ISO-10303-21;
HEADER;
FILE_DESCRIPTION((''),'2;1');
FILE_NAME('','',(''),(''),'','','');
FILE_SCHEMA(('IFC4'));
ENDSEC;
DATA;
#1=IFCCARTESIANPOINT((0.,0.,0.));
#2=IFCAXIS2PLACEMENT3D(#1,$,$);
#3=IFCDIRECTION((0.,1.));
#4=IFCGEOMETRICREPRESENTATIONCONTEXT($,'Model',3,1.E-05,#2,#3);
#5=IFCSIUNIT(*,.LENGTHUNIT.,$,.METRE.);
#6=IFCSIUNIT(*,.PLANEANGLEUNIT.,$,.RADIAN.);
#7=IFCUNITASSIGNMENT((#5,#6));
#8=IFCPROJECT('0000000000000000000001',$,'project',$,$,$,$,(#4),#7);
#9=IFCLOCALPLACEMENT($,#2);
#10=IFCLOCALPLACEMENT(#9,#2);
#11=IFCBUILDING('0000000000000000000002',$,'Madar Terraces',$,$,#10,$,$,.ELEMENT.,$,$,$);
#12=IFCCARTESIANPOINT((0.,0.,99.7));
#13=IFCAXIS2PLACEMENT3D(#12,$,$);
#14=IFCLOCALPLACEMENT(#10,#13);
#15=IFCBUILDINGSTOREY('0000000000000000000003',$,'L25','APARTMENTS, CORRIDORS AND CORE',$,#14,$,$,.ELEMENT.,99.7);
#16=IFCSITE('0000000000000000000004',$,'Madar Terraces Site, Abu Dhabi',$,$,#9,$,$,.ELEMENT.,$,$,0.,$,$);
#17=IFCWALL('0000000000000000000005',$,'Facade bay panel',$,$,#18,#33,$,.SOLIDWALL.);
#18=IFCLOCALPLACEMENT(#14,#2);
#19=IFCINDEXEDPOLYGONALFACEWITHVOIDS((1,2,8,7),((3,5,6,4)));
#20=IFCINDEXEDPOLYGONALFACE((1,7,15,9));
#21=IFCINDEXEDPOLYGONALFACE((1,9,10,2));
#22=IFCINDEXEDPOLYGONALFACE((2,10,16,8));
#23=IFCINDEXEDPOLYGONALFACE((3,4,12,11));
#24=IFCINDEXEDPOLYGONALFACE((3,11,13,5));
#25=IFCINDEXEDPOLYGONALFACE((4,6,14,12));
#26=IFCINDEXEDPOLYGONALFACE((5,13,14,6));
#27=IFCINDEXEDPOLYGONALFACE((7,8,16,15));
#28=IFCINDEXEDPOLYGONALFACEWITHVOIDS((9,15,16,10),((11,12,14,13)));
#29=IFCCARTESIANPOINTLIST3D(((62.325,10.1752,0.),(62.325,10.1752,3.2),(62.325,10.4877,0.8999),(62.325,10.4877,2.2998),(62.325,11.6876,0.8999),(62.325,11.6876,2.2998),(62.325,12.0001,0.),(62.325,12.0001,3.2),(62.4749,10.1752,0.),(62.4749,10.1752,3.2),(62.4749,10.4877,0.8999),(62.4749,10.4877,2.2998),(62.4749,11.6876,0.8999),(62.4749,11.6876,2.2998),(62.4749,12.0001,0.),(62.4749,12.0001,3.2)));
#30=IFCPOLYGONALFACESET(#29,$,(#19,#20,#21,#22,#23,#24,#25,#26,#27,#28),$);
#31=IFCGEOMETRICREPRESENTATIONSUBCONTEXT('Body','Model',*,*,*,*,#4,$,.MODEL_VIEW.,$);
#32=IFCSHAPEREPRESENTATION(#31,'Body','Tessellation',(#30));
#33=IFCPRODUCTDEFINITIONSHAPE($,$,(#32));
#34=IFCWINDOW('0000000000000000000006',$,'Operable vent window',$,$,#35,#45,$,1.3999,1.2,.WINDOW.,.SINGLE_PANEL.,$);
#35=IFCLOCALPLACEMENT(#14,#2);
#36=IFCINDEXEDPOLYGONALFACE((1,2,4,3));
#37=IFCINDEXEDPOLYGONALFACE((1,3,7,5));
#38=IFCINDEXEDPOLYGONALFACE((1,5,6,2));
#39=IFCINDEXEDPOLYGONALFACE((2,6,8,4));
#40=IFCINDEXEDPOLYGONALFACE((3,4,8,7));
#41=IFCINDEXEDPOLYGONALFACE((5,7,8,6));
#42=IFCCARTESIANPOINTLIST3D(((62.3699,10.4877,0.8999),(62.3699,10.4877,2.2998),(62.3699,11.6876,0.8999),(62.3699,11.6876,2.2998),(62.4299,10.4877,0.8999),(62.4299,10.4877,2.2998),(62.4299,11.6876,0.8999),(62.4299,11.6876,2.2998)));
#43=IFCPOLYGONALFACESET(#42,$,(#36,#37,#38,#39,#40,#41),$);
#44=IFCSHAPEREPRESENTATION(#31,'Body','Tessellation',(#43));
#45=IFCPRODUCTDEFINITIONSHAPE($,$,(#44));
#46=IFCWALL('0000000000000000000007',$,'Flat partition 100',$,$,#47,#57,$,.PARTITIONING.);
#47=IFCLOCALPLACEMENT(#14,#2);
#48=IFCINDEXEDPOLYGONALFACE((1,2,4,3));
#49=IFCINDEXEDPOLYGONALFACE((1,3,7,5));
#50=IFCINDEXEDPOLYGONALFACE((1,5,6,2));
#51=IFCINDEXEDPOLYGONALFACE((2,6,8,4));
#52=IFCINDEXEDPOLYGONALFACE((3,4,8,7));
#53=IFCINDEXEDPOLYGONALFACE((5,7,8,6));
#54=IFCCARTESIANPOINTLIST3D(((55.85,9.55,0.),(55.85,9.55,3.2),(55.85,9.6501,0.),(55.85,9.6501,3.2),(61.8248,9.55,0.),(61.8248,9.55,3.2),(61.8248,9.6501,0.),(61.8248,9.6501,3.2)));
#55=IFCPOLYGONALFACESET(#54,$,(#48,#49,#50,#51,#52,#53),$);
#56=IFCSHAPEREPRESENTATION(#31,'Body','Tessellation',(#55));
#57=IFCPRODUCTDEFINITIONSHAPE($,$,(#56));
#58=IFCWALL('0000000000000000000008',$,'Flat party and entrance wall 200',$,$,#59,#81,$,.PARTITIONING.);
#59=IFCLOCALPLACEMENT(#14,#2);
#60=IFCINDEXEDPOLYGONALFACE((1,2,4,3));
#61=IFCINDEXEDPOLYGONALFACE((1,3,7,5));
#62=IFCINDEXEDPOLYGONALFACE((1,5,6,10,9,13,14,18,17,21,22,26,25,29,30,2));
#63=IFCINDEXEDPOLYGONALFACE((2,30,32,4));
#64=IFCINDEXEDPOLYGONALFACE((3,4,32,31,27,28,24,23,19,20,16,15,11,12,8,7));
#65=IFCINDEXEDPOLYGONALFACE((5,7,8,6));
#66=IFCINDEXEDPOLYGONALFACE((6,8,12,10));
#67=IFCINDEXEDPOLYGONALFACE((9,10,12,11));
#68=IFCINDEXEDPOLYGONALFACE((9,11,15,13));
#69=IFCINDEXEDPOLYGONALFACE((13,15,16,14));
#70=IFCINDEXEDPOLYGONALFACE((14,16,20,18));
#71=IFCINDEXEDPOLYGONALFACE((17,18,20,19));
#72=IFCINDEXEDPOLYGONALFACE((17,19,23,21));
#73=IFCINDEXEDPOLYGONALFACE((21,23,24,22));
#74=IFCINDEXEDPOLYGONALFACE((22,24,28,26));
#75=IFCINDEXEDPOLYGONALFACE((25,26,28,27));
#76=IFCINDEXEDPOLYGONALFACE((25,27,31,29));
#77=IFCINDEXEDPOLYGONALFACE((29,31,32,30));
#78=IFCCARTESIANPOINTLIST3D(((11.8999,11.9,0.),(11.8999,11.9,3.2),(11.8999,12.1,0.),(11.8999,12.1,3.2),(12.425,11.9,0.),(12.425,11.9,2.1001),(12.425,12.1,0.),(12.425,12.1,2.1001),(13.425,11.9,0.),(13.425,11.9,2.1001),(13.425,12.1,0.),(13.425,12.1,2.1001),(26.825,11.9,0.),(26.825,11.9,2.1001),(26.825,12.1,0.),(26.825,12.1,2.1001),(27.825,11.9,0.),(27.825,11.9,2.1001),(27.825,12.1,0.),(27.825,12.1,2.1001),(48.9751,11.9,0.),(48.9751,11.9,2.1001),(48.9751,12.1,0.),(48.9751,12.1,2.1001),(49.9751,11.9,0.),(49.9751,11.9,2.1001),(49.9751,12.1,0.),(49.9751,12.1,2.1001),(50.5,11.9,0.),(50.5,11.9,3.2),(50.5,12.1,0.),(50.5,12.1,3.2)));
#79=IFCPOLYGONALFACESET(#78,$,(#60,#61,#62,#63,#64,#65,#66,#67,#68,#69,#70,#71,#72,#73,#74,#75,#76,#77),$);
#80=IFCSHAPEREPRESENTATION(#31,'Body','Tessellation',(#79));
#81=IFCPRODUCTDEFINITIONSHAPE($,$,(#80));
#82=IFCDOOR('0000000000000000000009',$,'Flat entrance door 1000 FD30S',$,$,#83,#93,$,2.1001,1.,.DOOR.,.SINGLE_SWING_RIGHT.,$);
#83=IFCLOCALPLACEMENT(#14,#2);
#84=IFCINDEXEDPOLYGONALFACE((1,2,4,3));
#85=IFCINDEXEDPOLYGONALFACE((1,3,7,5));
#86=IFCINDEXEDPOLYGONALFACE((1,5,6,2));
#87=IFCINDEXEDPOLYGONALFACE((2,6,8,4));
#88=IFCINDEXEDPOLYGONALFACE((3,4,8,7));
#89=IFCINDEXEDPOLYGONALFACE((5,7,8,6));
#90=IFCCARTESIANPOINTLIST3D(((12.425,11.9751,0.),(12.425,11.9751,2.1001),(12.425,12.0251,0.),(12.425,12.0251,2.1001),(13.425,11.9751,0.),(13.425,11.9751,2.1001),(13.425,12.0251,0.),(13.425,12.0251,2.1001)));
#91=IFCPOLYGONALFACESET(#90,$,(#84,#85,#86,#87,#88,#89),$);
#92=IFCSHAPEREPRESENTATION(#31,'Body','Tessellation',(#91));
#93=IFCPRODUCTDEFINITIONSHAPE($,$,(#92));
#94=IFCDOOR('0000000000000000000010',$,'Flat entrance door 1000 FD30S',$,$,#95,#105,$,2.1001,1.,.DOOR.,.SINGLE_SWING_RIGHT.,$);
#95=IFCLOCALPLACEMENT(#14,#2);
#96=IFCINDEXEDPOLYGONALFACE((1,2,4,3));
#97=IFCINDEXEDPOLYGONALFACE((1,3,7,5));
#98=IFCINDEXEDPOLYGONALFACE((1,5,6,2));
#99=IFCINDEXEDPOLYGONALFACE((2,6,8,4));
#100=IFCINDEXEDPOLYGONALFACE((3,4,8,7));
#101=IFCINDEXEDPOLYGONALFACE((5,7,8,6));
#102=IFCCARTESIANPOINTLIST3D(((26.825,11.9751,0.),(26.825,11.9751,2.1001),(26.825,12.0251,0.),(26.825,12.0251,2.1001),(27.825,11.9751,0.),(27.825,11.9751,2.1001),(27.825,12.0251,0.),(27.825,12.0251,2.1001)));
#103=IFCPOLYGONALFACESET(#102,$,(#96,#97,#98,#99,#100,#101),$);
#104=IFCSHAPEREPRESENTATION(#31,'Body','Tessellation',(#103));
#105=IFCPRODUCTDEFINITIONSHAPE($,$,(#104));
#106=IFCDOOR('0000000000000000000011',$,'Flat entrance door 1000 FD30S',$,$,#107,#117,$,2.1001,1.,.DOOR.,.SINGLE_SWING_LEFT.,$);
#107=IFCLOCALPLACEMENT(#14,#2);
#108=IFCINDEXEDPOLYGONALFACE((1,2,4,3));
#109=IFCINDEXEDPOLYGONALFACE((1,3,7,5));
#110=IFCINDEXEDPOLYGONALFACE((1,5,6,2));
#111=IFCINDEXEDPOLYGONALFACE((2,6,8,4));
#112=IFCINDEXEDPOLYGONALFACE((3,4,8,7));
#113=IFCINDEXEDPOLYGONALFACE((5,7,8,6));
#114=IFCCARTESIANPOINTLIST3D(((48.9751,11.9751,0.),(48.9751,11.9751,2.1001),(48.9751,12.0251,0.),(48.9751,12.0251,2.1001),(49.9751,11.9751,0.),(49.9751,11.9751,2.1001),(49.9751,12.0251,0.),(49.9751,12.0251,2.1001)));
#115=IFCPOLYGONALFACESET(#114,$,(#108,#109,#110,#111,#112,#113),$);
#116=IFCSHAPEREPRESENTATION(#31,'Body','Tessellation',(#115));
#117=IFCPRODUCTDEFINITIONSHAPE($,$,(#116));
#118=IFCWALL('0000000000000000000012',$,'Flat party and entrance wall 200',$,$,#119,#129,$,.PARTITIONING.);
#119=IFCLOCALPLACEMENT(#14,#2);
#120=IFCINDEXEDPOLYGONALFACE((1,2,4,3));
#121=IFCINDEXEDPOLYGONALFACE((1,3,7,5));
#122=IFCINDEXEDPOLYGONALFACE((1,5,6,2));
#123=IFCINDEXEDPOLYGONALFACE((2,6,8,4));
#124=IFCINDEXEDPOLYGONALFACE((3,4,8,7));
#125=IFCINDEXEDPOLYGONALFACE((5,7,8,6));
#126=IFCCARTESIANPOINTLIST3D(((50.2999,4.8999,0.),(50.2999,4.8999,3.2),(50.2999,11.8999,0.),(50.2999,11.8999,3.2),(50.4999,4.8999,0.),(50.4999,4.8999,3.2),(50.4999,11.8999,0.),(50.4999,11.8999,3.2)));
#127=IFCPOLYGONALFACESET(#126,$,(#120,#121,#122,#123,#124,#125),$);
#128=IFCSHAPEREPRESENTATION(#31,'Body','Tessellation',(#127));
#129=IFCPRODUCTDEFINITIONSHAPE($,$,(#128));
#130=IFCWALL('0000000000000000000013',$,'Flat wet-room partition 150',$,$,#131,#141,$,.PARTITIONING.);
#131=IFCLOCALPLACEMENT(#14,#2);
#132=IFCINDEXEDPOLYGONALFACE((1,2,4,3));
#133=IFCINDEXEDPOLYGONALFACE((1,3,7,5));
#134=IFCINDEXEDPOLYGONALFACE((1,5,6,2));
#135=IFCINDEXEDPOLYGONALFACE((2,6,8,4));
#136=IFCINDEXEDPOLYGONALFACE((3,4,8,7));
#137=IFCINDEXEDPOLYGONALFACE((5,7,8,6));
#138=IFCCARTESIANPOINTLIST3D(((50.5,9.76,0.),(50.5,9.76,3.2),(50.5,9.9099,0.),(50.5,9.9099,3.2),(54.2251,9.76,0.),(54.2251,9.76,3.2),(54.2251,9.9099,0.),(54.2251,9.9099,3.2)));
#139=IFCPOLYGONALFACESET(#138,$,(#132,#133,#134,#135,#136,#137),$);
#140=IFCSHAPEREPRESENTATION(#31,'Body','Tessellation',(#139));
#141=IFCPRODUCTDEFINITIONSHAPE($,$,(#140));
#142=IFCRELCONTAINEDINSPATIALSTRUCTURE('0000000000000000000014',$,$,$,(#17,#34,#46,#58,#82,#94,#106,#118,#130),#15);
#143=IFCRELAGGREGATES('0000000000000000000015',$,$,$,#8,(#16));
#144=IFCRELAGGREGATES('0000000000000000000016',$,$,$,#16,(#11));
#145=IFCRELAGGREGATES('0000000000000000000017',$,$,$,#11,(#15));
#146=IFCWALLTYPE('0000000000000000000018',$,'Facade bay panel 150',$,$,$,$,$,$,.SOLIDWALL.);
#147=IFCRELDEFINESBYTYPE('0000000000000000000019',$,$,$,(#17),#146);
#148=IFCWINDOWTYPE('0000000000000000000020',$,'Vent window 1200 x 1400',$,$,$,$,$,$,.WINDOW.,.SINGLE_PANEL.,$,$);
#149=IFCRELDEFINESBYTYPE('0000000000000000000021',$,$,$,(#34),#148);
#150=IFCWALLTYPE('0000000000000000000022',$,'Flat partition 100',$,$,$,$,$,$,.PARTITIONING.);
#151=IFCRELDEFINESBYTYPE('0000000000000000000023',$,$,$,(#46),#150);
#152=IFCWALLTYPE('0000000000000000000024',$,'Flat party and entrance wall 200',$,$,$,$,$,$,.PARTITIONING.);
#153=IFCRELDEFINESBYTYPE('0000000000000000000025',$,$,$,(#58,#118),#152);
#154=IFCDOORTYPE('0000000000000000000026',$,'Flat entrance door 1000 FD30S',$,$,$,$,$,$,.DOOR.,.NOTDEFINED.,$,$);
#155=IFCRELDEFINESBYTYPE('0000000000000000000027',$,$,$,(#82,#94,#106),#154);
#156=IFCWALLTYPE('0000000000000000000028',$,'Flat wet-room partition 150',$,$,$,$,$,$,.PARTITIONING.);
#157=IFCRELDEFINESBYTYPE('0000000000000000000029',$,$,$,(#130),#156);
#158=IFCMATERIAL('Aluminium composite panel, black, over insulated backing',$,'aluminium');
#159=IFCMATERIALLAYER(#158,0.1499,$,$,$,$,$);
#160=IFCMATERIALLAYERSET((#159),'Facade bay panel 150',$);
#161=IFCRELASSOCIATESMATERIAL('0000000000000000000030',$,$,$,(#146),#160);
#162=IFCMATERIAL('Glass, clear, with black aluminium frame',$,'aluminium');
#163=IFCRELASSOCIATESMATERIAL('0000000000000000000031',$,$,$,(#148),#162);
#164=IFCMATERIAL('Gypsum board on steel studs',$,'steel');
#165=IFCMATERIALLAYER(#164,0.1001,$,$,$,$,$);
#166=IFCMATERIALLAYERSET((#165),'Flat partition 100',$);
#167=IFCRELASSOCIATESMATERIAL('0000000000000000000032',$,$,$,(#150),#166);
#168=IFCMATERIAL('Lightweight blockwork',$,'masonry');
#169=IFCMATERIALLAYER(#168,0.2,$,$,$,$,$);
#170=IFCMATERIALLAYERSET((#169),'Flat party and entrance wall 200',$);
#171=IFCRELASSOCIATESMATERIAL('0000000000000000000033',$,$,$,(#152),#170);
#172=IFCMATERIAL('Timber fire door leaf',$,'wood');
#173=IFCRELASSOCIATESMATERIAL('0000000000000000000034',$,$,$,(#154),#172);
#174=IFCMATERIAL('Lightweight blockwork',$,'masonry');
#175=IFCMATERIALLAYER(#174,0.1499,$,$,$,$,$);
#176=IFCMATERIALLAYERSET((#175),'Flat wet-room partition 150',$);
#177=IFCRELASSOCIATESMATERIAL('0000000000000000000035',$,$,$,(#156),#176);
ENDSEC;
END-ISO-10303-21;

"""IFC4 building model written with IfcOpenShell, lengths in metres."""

from ifc_helpers import new_model, si_unit, direction, frame, frame_2d, origin, place, context, subcontext, project, spatial, rectangle, extrude, material, layer, layer_set, type_object, element, fill, save


model = new_model("IFC4")

# Units and contexts
model_context = context("Model", 3, precision=1e-05, world=origin(), true_north=direction((0.0, 1.0)))
body_context = subcontext(model_context, "Body", "Model", "MODEL_VIEW")
ifc_project = project(units=[si_unit("LENGTHUNIT", "METRE"), si_unit("PLANEANGLEUNIT", "RADIAN")], contexts=[model_context])

# Site, building, storey
site_placement = place(None, origin())
site = spatial("IfcSite", under=ifc_project, at=site_placement, Name="Madar Terraces Site, Abu Dhabi", CompositionType="ELEMENT", RefElevation=0.0)
building_placement = place(site_placement, origin())
building = spatial("IfcBuilding", under=site, at=building_placement, Name="Madar Terraces", CompositionType="ELEMENT")
storey_placement = place(building_placement, frame((0.0, 0.0, 99.7)))
storey = spatial("IfcBuildingStorey", under=building, at=storey_placement, Name="L25", Description="APARTMENTS, CORRIDORS AND CORE", CompositionType="ELEMENT", Elevation=99.7)

# Wall, opening, window
ifc_material_1 = material(Name="Aluminium composite panel, black, over insulated backing", Category="aluminium")
ifc_layer_1 = layer(ifc_material_1, 0.1499)
ifc_layer_set_1 = layer_set([ifc_layer_1], Name="Facade bay panel 150")
wall_type_1 = type_object("IfcWallType", Name="Facade bay panel 150", PredefinedType="SOLIDWALL", material=ifc_layer_set_1)
wall_1_placement = place(storey_placement, frame((62.3999, 10.175, 0.0), z_axis=(0.0, 0.0, 1.0), x_axis=(0.0, 1.0, 0.0)))
wall_1 = element("IfcWall", 1, at=wall_1_placement, inside=storey, type_object=wall_type_1, Name="Facade bay panel", PredefinedType="SOLIDWALL", context=body_context, shape_type="SweptSolid", body=[
    extrude(rectangle(XDim=1.825, YDim=0.1499, at=frame_2d((0.9126, 0.0))), origin(), (0.0, 0.0, 1.0), 3.2),
])
opening_1_placement = place(wall_1_placement, frame((0.3125, 0.0, 0.8999)))
opening_1 = element("IfcOpeningElement", 2, at=opening_1_placement, cuts=wall_1, PredefinedType="OPENING", context=body_context, shape_type="SweptSolid", body=[
    extrude(rectangle(XDim=1.2, YDim=1.3999, at=frame_2d((0.6001, 0.7))), frame((0.0, 0.085, 0.0), z_axis=(0.0, -1.0, 0.0), x_axis=(1.0, 0.0, 0.0)), (0.0, 0.0, 1.0), 0.1699),
])
ifc_material_2 = material(Name="Glass, clear, with black aluminium frame", Category="aluminium")
window_type = type_object("IfcWindowType", Name="Vent window 1200 x 1400", PartitioningType="SINGLE_PANEL", PredefinedType="WINDOW", material=ifc_material_2)
window_placement = place(opening_1_placement, origin())
window = element("IfcWindow", 3, at=window_placement, inside=storey, type_object=window_type, Name="Operable vent window", OverallHeight=1.3999, OverallWidth=1.2, PartitioningType="SINGLE_PANEL", PredefinedType="WINDOW", context=body_context, shape_type="SweptSolid", body=[
    extrude(rectangle(XDim=1.2, YDim=1.3999, at=frame_2d((0.6001, 0.7))), frame((0.0, 0.03, 0.0), z_axis=(0.0, -1.0, 0.0), x_axis=(1.0, 0.0, 0.0)), (0.0, 0.0, 1.0), 0.0601),
])
fill(opening_1, window)

# Wall
ifc_material_3 = material(Name="Gypsum board on steel studs", Category="steel")
ifc_layer_2 = layer(ifc_material_3, 0.1001)
ifc_layer_set_2 = layer_set([ifc_layer_2], Name="Flat partition 100")
wall_type_2 = type_object("IfcWallType", Name="Flat partition 100", PredefinedType="PARTITIONING", material=ifc_layer_set_2)
wall_2_placement = place(storey_placement, frame((55.8501, 9.6001, 0.0), z_axis=(0.0, 0.0, 1.0), x_axis=(1.0, 0.0, 0.0)))
element("IfcWall", 4, at=wall_2_placement, inside=storey, type_object=wall_type_2, Name="Flat partition 100", PredefinedType="PARTITIONING", context=body_context, shape_type="SweptSolid", body=[
    extrude(rectangle(XDim=5.9749, YDim=0.1001, at=frame_2d((2.9873, 0.0))), origin(), (0.0, 0.0, 1.0), 3.2),
])

# Wall, openings, doors
ifc_material_4 = material(Name="Lightweight blockwork", Category="masonry")
ifc_layer_3 = layer(ifc_material_4, 0.2)
ifc_layer_set_3 = layer_set([ifc_layer_3], Name="Flat party and entrance wall 200")
wall_type_3 = type_object("IfcWallType", Name="Flat party and entrance wall 200", PredefinedType="PARTITIONING", material=ifc_layer_set_3)
wall_3_placement = place(storey_placement, frame((50.5, 12.0, 0.0), z_axis=(0.0, 0.0, 1.0), x_axis=(-1.0, 0.0, 0.0)))
wall_3 = element("IfcWall", 5, at=wall_3_placement, inside=storey, type_object=wall_type_3, Name="Flat party and entrance wall 200", PredefinedType="PARTITIONING", context=body_context, shape_type="SweptSolid", body=[
    extrude(rectangle(XDim=38.6001, YDim=0.2, at=frame_2d((19.3, 0.0))), origin(), (0.0, 0.0, 1.0), 3.2),
])
opening_2_placement = place(wall_3_placement, frame((37.075, 0.0, 0.0)))
opening_2 = element("IfcOpeningElement", 6, at=opening_2_placement, cuts=wall_3, PredefinedType="OPENING", context=body_context, shape_type="SweptSolid", body=[
    extrude(rectangle(XDim=1.0, YDim=2.1001, at=frame_2d((0.5, 1.05))), frame((0.0, 0.1099, 0.0), z_axis=(0.0, -1.0, 0.0), x_axis=(1.0, 0.0, 0.0)), (0.0, 0.0, 1.0), 0.22),
])
opening_3_placement = place(wall_3_placement, frame((22.675, 0.0, 0.0)))
opening_3 = element("IfcOpeningElement", 7, at=opening_3_placement, cuts=wall_3, PredefinedType="OPENING", context=body_context, shape_type="SweptSolid", body=[
    extrude(rectangle(XDim=1.0, YDim=2.1001, at=frame_2d((0.5, 1.05))), frame((0.0, 0.1099, 0.0), z_axis=(0.0, -1.0, 0.0), x_axis=(1.0, 0.0, 0.0)), (0.0, 0.0, 1.0), 0.22),
])
opening_4_placement = place(wall_3_placement, frame((0.5249, 0.0, 0.0)))
opening_4 = element("IfcOpeningElement", 8, at=opening_4_placement, cuts=wall_3, PredefinedType="OPENING", context=body_context, shape_type="SweptSolid", body=[
    extrude(rectangle(XDim=1.0, YDim=2.1001, at=frame_2d((0.5, 1.05))), frame((0.0, 0.1099, 0.0), z_axis=(0.0, -1.0, 0.0), x_axis=(1.0, 0.0, 0.0)), (0.0, 0.0, 1.0), 0.22),
])
ifc_material_5 = material(Name="Timber fire door leaf", Category="wood")
door_type_1 = type_object("IfcDoorType", Name="Flat entrance door 1000 FD30S", OperationType="NOTDEFINED", PredefinedType="DOOR", material=ifc_material_5)
door_1_placement = place(opening_2_placement, origin())
door_1 = element("IfcDoor", 9, at=door_1_placement, inside=storey, type_object=door_type_1, Name="Flat entrance door 1000 FD30S", OperationType="SINGLE_SWING_RIGHT", OverallHeight=2.1001, OverallWidth=1.0, PredefinedType="DOOR", context=body_context, shape_type="SweptSolid", body=[
    extrude(rectangle(XDim=1.0, YDim=2.1001, at=frame_2d((0.5, 1.05))), frame((0.0, 0.0249, 0.0), z_axis=(0.0, -1.0, 0.0), x_axis=(1.0, 0.0, 0.0)), (0.0, 0.0, 1.0), 0.05),
])
fill(opening_2, door_1)
door_2_placement = place(opening_3_placement, origin())
door_2 = element("IfcDoor", 10, at=door_2_placement, inside=storey, type_object=door_type_1, Name="Flat entrance door 1000 FD30S", OperationType="SINGLE_SWING_RIGHT", OverallHeight=2.1001, OverallWidth=1.0, PredefinedType="DOOR", context=body_context, shape_type="SweptSolid", body=[
    extrude(rectangle(XDim=1.0, YDim=2.1001, at=frame_2d((0.5, 1.05))), frame((0.0, 0.0249, 0.0), z_axis=(0.0, -1.0, 0.0), x_axis=(1.0, 0.0, 0.0)), (0.0, 0.0, 1.0), 0.05),
])
fill(opening_3, door_2)
door_3_placement = place(opening_4_placement, origin())
door_3 = element("IfcDoor", 11, at=door_3_placement, inside=storey, type_object=door_type_1, Name="Flat entrance door 1000 FD30S", OperationType="SINGLE_SWING_LEFT", OverallHeight=2.1001, OverallWidth=1.0, PredefinedType="DOOR", context=body_context, shape_type="SweptSolid", body=[
    extrude(rectangle(XDim=1.0, YDim=2.1001, at=frame_2d((0.5, 1.05))), frame((0.0, 0.0249, 0.0), z_axis=(0.0, -1.0, 0.0), x_axis=(1.0, 0.0, 0.0)), (0.0, 0.0, 1.0), 0.05),
])
fill(opening_4, door_3)

# Walls
wall_4_placement = place(storey_placement, frame((50.3999, 11.8999, 0.0), z_axis=(0.0, 0.0, 1.0), x_axis=(0.0, -1.0, 0.0)))
element("IfcWall", 12, at=wall_4_placement, inside=storey, type_object=wall_type_3, Name="Flat party and entrance wall 200", PredefinedType="PARTITIONING", context=body_context, shape_type="SweptSolid", body=[
    extrude(rectangle(XDim=7.0, YDim=0.2, at=frame_2d((3.5, 0.0))), origin(), (0.0, 0.0, 1.0), 3.2),
])
ifc_material_6 = material(Name="Lightweight blockwork", Category="masonry")
ifc_layer_4 = layer(ifc_material_6, 0.1499)
ifc_layer_set_4 = layer_set([ifc_layer_4], Name="Flat wet-room partition 150")
wall_type_4 = type_object("IfcWallType", Name="Flat wet-room partition 150", PredefinedType="PARTITIONING", material=ifc_layer_set_4)
wall_5_placement = place(storey_placement, frame((50.5, 9.835, 0.0), z_axis=(0.0, 0.0, 1.0), x_axis=(1.0, 0.0, 0.0)))
element("IfcWall", 13, at=wall_5_placement, inside=storey, type_object=wall_type_4, Name="Flat wet-room partition 150", PredefinedType="PARTITIONING", context=body_context, shape_type="SweptSolid", body=[
    extrude(rectangle(XDim=3.7251, YDim=0.1499, at=frame_2d((1.8625, 0.0))), origin(), (0.0, 0.0, 1.0), 3.2),
])

save(model, "model.ifc")
